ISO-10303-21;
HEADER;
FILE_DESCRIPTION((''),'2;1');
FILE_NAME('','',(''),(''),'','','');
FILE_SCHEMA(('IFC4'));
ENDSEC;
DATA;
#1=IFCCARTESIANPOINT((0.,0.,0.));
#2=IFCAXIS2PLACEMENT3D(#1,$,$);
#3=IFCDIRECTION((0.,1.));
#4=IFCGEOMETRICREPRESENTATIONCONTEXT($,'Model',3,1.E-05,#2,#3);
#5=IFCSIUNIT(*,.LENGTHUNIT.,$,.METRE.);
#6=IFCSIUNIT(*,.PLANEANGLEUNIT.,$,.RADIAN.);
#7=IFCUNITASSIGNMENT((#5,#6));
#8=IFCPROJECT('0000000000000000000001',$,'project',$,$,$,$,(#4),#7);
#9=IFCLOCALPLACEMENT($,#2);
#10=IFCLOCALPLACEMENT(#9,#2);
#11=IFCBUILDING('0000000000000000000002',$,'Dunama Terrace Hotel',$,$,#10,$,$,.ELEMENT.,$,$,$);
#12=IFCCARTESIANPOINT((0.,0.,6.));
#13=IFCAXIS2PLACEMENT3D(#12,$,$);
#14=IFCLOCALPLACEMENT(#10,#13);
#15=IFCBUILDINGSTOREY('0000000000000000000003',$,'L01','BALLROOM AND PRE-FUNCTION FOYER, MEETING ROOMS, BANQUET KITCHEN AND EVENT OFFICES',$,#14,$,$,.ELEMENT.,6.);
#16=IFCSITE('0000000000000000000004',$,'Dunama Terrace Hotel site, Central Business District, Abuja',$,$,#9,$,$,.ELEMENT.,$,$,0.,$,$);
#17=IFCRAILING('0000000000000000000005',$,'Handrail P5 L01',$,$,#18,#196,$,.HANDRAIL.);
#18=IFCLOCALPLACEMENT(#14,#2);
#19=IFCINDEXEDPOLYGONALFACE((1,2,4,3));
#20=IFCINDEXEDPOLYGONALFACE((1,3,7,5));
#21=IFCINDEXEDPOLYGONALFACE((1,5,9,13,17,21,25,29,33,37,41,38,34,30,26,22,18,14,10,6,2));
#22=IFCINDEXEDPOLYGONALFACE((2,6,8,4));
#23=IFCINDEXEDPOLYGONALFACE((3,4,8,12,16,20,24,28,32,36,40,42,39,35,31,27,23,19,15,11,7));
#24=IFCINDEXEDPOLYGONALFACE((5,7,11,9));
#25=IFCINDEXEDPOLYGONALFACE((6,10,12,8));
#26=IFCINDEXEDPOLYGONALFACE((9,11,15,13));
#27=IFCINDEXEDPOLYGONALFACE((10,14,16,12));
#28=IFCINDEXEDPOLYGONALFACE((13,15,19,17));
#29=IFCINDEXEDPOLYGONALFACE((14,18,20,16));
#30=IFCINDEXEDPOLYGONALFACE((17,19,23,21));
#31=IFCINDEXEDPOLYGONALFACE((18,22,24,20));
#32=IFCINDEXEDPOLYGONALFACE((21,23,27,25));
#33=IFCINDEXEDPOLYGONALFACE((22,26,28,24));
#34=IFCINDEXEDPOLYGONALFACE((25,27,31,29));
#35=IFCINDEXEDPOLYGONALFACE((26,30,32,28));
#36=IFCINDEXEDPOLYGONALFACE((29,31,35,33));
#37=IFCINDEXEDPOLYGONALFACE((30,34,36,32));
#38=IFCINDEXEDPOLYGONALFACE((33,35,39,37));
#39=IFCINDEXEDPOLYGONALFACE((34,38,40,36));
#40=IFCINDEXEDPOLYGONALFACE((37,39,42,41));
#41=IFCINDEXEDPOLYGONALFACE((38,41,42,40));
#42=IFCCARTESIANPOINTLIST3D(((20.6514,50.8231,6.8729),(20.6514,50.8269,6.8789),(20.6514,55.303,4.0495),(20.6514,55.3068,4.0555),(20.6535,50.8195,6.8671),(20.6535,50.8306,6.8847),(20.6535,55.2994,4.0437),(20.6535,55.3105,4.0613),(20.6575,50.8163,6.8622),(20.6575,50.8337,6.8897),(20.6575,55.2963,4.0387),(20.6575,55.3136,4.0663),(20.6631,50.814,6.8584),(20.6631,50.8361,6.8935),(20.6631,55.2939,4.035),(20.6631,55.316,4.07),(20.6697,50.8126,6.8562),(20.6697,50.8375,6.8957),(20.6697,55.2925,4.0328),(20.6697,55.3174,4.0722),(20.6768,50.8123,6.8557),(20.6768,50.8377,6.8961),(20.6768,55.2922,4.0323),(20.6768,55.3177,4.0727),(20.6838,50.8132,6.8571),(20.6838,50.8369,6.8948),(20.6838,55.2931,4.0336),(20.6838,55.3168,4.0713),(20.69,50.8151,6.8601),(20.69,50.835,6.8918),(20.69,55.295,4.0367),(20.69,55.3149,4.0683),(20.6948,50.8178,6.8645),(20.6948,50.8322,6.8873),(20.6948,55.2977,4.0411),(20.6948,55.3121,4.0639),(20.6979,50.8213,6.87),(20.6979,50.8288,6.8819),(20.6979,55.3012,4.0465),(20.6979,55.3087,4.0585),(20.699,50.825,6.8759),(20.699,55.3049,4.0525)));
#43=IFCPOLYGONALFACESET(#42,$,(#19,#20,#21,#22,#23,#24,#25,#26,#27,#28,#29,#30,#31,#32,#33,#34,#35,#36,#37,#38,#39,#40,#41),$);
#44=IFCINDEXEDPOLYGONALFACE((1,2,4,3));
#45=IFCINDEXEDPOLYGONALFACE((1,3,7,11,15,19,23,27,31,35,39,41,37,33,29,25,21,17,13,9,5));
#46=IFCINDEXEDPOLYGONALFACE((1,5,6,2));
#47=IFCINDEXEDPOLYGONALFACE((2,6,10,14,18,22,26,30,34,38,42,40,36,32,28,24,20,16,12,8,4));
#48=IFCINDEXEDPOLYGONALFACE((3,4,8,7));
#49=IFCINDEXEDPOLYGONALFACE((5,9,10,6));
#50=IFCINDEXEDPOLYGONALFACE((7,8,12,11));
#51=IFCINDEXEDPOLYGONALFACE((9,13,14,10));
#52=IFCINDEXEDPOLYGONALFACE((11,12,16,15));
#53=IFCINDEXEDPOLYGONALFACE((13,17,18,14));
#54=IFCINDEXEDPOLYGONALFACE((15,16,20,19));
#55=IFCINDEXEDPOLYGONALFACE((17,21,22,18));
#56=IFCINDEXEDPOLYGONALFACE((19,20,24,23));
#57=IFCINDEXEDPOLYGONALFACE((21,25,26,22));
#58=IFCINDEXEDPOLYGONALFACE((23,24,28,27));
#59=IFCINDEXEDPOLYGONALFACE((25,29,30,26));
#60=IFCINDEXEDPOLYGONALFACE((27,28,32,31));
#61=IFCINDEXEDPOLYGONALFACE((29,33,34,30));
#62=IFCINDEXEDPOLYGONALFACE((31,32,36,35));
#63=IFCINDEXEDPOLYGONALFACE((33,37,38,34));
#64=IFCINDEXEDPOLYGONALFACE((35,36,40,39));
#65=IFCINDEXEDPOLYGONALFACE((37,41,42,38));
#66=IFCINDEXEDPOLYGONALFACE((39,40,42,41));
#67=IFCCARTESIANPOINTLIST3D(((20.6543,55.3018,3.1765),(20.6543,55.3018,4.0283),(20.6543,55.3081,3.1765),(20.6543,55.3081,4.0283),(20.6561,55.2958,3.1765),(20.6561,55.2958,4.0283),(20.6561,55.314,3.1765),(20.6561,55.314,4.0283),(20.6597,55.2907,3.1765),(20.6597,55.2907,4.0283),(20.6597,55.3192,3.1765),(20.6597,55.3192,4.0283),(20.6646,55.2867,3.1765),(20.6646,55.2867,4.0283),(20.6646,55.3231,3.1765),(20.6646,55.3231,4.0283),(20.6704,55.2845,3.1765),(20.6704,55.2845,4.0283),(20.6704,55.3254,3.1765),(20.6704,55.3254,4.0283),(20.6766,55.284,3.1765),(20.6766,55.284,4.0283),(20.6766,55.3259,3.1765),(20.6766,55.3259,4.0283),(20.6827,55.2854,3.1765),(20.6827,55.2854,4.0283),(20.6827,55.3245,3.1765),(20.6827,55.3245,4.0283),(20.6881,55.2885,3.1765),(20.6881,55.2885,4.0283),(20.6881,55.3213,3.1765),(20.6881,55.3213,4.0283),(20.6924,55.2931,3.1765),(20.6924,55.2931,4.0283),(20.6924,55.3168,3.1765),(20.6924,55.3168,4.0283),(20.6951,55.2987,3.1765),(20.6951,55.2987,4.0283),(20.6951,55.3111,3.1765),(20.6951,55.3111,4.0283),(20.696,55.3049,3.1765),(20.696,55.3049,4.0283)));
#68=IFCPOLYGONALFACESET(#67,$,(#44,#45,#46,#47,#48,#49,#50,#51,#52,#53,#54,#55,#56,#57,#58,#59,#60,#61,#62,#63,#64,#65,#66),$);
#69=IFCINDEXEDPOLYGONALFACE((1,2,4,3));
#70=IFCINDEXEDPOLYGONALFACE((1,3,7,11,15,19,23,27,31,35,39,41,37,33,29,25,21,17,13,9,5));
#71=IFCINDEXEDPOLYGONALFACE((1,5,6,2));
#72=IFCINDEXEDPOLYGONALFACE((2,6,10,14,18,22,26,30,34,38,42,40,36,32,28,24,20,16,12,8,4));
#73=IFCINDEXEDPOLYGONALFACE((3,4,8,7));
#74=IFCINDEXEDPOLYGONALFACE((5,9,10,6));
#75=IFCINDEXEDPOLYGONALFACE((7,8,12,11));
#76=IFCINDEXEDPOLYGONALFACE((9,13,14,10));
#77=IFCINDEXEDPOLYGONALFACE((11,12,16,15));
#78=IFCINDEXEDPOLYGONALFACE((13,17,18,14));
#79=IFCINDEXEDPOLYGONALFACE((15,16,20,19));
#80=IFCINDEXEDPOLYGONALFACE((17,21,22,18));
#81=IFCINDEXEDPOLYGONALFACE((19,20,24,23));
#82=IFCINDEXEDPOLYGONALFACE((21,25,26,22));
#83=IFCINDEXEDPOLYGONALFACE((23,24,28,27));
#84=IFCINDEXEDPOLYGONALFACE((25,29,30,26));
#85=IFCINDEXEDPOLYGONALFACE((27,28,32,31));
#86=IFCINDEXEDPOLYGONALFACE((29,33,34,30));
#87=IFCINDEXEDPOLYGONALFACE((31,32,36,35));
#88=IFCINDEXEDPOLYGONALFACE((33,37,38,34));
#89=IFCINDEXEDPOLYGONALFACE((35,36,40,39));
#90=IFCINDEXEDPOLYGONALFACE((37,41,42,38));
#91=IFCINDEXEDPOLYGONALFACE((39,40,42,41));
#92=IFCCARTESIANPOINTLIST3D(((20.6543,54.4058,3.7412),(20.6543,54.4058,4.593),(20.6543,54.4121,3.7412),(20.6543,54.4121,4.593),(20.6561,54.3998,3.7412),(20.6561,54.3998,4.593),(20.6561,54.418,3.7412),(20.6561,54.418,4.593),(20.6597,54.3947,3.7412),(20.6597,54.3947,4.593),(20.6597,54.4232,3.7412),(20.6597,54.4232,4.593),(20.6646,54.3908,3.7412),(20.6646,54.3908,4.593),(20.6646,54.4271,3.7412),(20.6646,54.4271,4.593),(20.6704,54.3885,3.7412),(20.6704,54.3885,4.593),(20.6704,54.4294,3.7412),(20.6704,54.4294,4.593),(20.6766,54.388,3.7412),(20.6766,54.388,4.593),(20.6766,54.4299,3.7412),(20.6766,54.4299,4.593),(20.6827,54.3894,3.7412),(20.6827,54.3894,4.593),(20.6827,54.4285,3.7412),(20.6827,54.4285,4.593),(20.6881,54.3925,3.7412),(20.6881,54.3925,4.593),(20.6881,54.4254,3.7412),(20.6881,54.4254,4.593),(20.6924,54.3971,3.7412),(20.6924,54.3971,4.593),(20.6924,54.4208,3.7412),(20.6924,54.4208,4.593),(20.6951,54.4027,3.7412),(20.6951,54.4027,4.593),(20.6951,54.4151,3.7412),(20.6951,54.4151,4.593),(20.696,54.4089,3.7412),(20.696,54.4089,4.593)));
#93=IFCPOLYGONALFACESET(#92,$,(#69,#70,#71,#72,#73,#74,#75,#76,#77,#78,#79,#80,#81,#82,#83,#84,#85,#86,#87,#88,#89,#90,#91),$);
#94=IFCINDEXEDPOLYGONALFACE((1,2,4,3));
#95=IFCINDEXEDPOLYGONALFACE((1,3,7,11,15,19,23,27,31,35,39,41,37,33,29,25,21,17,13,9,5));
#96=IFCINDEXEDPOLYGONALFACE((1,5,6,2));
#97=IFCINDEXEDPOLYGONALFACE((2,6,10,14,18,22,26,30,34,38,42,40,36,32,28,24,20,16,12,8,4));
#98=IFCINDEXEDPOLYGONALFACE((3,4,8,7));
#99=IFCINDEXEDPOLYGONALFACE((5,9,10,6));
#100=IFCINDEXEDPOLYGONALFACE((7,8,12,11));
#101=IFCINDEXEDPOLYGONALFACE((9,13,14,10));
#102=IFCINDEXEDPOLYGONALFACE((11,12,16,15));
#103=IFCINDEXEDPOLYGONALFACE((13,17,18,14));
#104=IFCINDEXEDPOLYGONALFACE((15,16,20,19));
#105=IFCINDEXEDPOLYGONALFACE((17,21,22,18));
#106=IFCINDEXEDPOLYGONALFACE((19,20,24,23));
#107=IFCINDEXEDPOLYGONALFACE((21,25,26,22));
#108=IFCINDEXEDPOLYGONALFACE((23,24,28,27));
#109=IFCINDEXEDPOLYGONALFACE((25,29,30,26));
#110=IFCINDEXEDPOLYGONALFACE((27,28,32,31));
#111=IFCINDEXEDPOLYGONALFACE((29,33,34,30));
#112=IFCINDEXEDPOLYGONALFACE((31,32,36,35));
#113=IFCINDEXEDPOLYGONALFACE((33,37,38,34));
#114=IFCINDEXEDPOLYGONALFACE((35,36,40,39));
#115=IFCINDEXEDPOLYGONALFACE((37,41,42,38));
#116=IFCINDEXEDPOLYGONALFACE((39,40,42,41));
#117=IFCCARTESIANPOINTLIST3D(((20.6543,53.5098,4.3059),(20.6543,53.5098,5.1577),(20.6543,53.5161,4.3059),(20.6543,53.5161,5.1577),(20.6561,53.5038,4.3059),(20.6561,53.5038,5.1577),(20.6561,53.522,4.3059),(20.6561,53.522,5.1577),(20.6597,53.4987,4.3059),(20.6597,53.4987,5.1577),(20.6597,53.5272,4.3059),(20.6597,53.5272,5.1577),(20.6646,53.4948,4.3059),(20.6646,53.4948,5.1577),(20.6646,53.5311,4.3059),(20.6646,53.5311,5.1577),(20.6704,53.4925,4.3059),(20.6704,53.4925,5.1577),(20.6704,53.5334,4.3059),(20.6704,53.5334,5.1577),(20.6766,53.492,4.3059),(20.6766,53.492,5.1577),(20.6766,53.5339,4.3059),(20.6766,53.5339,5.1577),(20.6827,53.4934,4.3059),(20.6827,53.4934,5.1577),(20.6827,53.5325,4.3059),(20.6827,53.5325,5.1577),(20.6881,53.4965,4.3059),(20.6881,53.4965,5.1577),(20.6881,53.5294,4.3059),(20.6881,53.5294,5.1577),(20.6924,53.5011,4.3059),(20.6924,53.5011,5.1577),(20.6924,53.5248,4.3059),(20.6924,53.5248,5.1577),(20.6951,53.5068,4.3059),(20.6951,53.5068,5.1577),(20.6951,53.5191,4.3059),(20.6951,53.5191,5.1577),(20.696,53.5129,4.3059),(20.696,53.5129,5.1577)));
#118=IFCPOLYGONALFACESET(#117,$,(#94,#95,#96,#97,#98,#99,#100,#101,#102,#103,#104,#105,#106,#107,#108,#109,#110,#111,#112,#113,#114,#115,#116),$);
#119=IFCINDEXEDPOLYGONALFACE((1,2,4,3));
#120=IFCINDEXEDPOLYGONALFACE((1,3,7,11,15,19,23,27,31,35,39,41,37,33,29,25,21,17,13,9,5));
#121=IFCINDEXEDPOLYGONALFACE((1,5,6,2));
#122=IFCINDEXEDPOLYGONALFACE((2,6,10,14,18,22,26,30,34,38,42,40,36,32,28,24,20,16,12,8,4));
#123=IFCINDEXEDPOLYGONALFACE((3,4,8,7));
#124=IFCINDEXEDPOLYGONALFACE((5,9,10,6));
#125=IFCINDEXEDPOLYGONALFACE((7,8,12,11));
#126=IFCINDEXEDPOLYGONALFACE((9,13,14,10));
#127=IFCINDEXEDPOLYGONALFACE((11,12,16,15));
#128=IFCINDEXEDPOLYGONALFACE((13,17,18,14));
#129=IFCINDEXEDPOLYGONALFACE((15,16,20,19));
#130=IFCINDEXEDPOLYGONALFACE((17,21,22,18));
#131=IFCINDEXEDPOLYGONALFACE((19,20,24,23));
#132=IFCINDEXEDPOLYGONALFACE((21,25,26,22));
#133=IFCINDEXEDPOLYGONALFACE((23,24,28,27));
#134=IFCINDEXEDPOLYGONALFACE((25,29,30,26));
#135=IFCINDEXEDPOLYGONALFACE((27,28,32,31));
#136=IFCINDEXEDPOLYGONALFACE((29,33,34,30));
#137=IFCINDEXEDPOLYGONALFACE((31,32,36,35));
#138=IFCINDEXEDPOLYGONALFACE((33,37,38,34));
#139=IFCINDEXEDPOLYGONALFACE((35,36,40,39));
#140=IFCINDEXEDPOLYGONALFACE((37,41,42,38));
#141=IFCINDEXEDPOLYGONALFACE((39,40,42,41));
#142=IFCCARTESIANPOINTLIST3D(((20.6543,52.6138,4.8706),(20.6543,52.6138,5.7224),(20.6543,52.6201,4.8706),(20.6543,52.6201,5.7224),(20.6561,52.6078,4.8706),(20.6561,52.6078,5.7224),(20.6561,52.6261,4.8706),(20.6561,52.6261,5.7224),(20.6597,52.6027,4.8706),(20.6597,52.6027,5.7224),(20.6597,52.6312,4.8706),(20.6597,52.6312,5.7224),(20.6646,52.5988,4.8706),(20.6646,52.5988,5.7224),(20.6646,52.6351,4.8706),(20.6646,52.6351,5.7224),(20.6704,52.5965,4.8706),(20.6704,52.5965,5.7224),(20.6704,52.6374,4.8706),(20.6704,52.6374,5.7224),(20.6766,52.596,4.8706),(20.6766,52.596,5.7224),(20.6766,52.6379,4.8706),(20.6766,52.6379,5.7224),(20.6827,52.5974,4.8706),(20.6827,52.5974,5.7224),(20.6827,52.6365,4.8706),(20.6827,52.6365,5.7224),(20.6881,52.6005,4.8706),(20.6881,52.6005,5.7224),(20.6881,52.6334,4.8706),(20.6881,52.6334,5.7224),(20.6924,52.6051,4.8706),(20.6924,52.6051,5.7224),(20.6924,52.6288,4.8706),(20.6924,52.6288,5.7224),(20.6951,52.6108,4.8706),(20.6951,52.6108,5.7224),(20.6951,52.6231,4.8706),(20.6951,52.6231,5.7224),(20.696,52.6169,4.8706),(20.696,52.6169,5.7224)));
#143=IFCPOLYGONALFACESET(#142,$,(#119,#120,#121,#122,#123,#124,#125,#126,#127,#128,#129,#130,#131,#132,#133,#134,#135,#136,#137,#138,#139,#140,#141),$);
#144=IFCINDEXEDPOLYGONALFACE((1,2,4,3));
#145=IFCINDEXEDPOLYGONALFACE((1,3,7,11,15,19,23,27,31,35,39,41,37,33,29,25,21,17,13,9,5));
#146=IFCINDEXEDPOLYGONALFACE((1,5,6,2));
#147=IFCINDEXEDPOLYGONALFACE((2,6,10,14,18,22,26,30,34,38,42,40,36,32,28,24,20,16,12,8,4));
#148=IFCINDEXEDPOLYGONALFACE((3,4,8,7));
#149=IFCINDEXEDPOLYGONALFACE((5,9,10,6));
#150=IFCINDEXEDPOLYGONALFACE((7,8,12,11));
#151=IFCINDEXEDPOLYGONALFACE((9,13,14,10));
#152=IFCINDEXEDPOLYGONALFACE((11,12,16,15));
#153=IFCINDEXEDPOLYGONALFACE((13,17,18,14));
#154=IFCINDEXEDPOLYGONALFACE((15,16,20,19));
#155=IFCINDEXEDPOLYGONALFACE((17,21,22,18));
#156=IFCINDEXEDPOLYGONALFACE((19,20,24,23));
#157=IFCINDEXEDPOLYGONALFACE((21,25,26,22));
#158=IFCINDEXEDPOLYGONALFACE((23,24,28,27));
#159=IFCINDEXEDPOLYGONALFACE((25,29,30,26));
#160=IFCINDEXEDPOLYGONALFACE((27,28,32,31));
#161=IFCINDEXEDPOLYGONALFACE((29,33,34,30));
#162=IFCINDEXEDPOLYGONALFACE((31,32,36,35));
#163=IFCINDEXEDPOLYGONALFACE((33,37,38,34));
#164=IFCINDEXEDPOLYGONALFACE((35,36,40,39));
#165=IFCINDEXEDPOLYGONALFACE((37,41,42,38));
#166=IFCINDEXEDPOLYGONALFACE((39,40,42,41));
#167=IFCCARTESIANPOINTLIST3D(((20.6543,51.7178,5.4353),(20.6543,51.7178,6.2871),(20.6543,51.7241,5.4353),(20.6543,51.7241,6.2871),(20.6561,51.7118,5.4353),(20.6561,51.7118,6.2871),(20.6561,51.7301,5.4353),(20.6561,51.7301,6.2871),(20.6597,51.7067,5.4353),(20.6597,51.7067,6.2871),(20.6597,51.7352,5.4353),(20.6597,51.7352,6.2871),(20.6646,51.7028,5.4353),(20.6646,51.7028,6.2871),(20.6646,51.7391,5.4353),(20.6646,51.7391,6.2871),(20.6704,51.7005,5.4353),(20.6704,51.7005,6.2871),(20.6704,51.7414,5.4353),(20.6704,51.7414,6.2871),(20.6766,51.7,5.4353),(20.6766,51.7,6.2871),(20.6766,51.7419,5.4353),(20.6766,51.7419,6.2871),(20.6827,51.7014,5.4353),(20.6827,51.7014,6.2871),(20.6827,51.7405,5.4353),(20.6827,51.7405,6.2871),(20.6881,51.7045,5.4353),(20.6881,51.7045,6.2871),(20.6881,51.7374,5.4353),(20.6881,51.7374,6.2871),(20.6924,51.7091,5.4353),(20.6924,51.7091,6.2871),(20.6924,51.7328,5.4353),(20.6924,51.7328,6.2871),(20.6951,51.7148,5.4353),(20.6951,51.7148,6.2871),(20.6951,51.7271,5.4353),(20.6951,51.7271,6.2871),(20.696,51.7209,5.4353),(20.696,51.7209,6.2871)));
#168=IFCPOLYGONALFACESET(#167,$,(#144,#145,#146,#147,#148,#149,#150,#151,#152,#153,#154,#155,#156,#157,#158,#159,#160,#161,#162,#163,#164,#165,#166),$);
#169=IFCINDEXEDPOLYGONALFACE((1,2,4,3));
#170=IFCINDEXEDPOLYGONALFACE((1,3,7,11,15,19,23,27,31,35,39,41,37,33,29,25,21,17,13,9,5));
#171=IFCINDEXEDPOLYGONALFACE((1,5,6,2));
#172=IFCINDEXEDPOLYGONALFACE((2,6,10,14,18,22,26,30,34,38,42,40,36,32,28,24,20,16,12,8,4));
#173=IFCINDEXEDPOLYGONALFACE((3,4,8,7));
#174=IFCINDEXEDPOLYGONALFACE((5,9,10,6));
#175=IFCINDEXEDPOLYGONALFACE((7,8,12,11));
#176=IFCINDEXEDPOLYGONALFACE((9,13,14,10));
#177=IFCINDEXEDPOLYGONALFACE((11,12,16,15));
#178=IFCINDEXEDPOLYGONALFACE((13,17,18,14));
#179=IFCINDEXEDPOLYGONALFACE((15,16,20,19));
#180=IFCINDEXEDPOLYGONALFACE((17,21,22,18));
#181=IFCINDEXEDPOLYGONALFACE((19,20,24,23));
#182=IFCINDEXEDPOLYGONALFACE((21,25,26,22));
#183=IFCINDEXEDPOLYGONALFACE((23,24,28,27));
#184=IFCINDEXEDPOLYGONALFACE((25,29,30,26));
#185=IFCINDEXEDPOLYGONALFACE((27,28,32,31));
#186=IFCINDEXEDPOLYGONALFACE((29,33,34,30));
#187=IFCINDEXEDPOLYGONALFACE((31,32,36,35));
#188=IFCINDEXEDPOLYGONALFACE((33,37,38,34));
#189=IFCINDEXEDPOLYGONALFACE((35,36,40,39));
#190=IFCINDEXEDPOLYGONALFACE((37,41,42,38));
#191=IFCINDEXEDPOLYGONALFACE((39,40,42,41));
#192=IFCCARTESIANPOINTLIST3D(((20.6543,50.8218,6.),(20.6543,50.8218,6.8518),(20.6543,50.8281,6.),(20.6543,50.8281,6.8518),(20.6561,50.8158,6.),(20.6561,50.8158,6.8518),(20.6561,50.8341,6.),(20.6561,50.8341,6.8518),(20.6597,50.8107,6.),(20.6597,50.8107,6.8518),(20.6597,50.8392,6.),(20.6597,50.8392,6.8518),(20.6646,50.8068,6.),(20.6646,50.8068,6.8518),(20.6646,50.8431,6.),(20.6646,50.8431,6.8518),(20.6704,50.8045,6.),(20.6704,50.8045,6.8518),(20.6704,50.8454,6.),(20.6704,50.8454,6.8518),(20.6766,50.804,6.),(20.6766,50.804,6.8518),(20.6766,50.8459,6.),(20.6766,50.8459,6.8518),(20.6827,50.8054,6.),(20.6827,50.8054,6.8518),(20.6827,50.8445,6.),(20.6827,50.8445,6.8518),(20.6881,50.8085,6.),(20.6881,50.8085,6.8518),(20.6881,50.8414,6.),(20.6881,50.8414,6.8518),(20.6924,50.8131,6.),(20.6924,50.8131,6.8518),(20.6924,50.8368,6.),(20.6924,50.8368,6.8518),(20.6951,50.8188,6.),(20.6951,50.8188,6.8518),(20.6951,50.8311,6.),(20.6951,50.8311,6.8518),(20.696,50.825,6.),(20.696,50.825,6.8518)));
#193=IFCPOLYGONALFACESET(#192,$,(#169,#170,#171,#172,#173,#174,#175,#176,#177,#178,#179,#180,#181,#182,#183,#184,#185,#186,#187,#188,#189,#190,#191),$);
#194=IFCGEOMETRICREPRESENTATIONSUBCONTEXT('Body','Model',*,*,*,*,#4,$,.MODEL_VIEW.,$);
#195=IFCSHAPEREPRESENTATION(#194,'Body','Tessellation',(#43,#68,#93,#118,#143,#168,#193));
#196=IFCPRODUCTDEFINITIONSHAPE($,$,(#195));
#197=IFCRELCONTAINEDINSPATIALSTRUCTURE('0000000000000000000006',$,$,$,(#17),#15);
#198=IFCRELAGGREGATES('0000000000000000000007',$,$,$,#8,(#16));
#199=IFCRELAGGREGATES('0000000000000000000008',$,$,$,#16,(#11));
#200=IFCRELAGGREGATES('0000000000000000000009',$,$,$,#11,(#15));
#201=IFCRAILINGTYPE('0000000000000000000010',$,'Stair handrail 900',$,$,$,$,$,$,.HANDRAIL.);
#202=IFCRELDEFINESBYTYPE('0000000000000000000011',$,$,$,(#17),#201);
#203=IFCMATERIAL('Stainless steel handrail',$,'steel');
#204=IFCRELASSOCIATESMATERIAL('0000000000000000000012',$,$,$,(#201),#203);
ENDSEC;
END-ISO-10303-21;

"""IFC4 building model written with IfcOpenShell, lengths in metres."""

from ifc_helpers import new_model, si_unit, direction, frame, origin, origin_2d, place, context, subcontext, project, spatial, circle, extrude, material, type_object, element, save


model = new_model("IFC4")

# Units and contexts
model_context = context("Model", 3, precision=1e-05, world=origin(), true_north=direction((0.0, 1.0)))
body_context = subcontext(model_context, "Body", "Model", "MODEL_VIEW")
ifc_project = project(units=[si_unit("LENGTHUNIT", "METRE"), si_unit("PLANEANGLEUNIT", "RADIAN")], contexts=[model_context])

# Site, building, storey
site_placement = place(None, origin())
site = spatial("IfcSite", under=ifc_project, at=site_placement, Name="Dunama Terrace Hotel site, Central Business District, Abuja", CompositionType="ELEMENT", RefElevation=0.0)
building_placement = place(site_placement, origin())
building = spatial("IfcBuilding", under=site, at=building_placement, Name="Dunama Terrace Hotel", CompositionType="ELEMENT")
storey_placement = place(building_placement, frame((0.0, 0.0, 6.0)))
storey = spatial("IfcBuildingStorey", under=building, at=storey_placement, Name="L01", Description="BALLROOM AND PRE-FUNCTION FOYER, MEETING ROOMS, BANQUET KITCHEN AND EVENT OFFICES", CompositionType="ELEMENT", Elevation=6.0)

# Railing
ifc_material_1 = material(Name="Stainless steel handrail", Category="steel")
railing_type = type_object("IfcRailingType", Name="Stair handrail 900", PredefinedType="HANDRAIL", material=ifc_material_1)
for number, where, name in (
    (1, (20.675, 55.3049, 3.1765), "Handrail P5 L01"),
):
    element("IfcRailing", number, at=place(storey_placement, frame(where)), inside=storey, type_object=railing_type, Name=name, PredefinedType="HANDRAIL", context=body_context, shape_type="SweptSolid", body=[
        extrude(circle(Radius=0.0239, at=origin_2d()), frame((0.0, 0.0, 0.876), z_axis=(0.0, -0.845998, 0.533186), x_axis=(1.0, 0.0, 0.0)), (0.0, 0.0, 1.0), 5.2954),
        extrude(circle(Radius=0.021, at=origin_2d()), origin(), (0.0, 0.0, 1.0), 0.8518),
        extrude(circle(Radius=0.021, at=origin_2d()), frame((0.0, -0.896, 0.5647)), (0.0, 0.0, 1.0), 0.8518),
        extrude(circle(Radius=0.021, at=origin_2d()), frame((0.0, -1.792, 1.1294)), (0.0, 0.0, 1.0), 0.8518),
        extrude(circle(Radius=0.021, at=origin_2d()), frame((0.0, -2.688, 1.6941)), (0.0, 0.0, 1.0), 0.8518),
        extrude(circle(Radius=0.021, at=origin_2d()), frame((0.0, -3.584, 2.2588)), (0.0, 0.0, 1.0), 0.8518),
        extrude(circle(Radius=0.021, at=origin_2d()), frame((0.0, -4.48, 2.8235)), (0.0, 0.0, 1.0), 0.8518),
    ])

save(model, "model.ifc")
